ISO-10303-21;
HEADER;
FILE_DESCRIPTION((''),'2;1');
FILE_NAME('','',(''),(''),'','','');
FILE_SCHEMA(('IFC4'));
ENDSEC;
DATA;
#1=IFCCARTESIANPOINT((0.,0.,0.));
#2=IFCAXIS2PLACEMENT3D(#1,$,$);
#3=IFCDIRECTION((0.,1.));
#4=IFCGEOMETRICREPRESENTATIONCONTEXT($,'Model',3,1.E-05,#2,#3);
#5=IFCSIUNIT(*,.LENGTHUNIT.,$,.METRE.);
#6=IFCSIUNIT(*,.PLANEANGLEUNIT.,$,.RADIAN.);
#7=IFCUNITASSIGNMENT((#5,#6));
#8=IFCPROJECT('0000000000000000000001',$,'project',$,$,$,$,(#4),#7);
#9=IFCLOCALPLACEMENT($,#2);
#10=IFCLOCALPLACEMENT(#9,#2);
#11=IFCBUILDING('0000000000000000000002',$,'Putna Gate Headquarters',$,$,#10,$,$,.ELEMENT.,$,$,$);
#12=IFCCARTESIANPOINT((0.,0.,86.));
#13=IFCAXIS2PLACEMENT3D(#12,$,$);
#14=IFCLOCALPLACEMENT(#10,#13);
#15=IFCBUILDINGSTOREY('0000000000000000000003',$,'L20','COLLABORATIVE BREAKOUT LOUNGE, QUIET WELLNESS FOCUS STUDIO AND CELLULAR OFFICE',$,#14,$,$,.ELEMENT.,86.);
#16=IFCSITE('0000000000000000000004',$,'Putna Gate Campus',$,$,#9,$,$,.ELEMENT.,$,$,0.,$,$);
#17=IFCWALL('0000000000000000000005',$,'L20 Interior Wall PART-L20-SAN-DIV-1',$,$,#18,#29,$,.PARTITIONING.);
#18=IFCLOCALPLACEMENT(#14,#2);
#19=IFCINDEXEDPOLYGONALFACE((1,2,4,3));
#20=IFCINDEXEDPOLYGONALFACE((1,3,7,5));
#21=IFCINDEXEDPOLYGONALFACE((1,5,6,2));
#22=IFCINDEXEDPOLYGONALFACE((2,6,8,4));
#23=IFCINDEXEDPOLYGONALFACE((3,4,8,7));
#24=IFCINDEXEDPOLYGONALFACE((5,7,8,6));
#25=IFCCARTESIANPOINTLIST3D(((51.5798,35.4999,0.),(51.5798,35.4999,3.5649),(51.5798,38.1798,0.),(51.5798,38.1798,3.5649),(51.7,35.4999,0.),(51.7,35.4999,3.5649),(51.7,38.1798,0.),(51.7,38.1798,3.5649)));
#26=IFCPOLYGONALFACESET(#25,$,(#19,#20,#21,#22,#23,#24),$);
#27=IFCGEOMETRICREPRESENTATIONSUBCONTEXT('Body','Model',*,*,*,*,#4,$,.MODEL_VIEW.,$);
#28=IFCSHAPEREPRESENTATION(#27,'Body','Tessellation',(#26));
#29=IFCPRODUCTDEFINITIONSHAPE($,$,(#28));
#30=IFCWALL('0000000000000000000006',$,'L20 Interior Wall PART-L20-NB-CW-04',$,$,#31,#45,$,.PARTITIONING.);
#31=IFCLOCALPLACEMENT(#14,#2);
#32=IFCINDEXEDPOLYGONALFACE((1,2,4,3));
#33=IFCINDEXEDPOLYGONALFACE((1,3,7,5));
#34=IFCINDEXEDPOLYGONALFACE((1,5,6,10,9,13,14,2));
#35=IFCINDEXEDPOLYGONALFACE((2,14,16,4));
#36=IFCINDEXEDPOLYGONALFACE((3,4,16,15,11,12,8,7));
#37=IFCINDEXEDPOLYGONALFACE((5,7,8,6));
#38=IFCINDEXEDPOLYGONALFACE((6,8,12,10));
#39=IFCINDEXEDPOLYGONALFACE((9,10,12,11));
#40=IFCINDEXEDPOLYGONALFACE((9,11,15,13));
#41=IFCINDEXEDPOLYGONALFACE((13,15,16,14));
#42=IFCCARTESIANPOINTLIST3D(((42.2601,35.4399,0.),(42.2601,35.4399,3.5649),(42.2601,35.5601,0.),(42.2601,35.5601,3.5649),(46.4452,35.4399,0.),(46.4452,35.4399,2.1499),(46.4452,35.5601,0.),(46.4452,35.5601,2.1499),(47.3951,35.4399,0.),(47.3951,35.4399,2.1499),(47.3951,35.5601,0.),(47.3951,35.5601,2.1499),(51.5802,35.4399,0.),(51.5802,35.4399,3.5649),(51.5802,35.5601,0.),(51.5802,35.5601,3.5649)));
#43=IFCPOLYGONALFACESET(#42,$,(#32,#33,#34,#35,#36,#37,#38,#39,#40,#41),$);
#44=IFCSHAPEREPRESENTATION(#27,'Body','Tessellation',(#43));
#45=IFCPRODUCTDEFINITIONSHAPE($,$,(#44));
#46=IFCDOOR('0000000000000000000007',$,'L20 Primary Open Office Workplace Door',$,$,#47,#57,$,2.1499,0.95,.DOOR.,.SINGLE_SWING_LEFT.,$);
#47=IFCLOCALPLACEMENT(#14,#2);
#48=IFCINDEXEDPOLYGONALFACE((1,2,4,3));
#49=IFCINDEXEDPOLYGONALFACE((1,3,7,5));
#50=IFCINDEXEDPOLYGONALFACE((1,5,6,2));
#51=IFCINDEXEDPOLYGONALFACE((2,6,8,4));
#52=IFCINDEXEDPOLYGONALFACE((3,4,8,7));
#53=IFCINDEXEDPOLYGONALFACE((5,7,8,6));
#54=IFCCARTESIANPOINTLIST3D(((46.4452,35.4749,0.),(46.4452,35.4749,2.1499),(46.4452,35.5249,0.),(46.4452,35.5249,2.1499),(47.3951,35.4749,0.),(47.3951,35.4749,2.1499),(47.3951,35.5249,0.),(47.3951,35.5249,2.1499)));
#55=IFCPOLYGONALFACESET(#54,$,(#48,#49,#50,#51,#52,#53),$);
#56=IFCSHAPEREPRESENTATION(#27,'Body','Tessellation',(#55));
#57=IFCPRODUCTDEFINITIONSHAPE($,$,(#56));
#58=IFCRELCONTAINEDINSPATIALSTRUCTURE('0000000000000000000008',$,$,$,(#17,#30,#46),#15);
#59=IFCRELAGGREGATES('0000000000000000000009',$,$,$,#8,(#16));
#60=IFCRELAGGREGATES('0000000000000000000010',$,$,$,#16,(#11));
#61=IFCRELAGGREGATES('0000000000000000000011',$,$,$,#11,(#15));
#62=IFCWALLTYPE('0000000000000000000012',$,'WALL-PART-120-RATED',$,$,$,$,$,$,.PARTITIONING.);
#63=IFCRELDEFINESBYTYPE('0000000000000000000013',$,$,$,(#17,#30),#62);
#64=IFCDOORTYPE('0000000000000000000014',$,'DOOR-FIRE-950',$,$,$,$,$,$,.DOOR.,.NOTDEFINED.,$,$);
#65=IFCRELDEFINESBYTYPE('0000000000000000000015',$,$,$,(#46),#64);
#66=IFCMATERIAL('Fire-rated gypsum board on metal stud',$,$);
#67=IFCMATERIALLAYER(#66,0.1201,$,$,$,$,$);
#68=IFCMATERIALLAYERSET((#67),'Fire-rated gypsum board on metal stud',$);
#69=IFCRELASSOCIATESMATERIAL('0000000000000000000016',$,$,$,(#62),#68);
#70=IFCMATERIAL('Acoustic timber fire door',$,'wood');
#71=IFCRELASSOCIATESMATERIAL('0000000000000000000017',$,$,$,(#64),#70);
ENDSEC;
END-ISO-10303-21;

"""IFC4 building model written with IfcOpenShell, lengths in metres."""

from ifc_helpers import new_model, si_unit, direction, frame, frame_2d, origin, place, context, subcontext, project, spatial, rectangle, extrude, material, layer, layer_set, type_object, element, fill, save


model = new_model("IFC4")

# Units and contexts
model_context = context("Model", 3, precision=1e-05, world=origin(), true_north=direction((0.0, 1.0)))
body_context = subcontext(model_context, "Body", "Model", "MODEL_VIEW")
ifc_project = project(units=[si_unit("LENGTHUNIT", "METRE"), si_unit("PLANEANGLEUNIT", "RADIAN")], contexts=[model_context])

# Site, building, storey
site_placement = place(None, origin())
site = spatial("IfcSite", under=ifc_project, at=site_placement, Name="Putna Gate Campus", CompositionType="ELEMENT", RefElevation=0.0)
building_placement = place(site_placement, origin())
building = spatial("IfcBuilding", under=site, at=building_placement, Name="Putna Gate Headquarters", CompositionType="ELEMENT")
storey_placement = place(building_placement, frame((0.0, 0.0, 86.0)))
storey = spatial("IfcBuildingStorey", under=building, at=storey_placement, Name="L20", Description="COLLABORATIVE BREAKOUT LOUNGE, QUIET WELLNESS FOCUS STUDIO AND CELLULAR OFFICE", CompositionType="ELEMENT", Elevation=86.0)

# Shared definitions
ifc_material_1 = material(Name="Fire-rated gypsum board on metal stud")
ifc_layer_1 = layer(ifc_material_1, 0.1201)
ifc_layer_set_1 = layer_set([ifc_layer_1], Name="Fire-rated gypsum board on metal stud")
wall_type_1 = type_object("IfcWallType", Name="WALL-PART-120-RATED", PredefinedType="PARTITIONING", material=ifc_layer_set_1)
ifc_material_2 = material(Name="Acoustic timber fire door", Category="wood")
door_type_1 = type_object("IfcDoorType", Name="DOOR-FIRE-950", OperationType="NOTDEFINED", PredefinedType="DOOR", material=ifc_material_2)

# Wall
wall_1_placement = place(storey_placement, frame((51.6399, 35.5, 0.0), z_axis=(0.0, 0.0, 1.0), x_axis=(0.0, 1.0, 0.0)))
element("IfcWall", 1, at=wall_1_placement, inside=storey, type_object=wall_type_1, Name="L20 Interior Wall PART-L20-SAN-DIV-1", PredefinedType="PARTITIONING", context=body_context, shape_type="SweptSolid", body=[
    extrude(rectangle(XDim=2.6799, YDim=0.1201, at=frame_2d((1.3398, 0.0))), origin(), (0.0, 0.0, 1.0), 3.5649),
])

# Wall, opening, door
wall_2_placement = place(storey_placement, frame((42.26, 35.5, 0.0), z_axis=(0.0, 0.0, 1.0), x_axis=(1.0, 0.0, 0.0)))
wall_2 = element("IfcWall", 2, at=wall_2_placement, inside=storey, type_object=wall_type_1, Name="L20 Interior Wall PART-L20-NB-CW-04", PredefinedType="PARTITIONING", context=body_context, shape_type="SweptSolid", body=[
    extrude(rectangle(XDim=9.3201, YDim=0.1201, at=frame_2d((4.6602, 0.0))), origin(), (0.0, 0.0, 1.0), 3.5649),
])
opening_1_placement = place(wall_2_placement, frame((4.1851, 0.0, 0.0)))
opening_1 = element("IfcOpeningElement", 3, at=opening_1_placement, cuts=wall_2, PredefinedType="OPENING", context=body_context, shape_type="SweptSolid", body=[
    extrude(rectangle(XDim=0.95, YDim=2.1499, at=frame_2d((0.4751, 1.075))), frame((0.0, 0.0701, 0.0), z_axis=(0.0, -1.0, 0.0), x_axis=(1.0, 0.0, 0.0)), (0.0, 0.0, 1.0), 0.1401),
])
door_1_placement = place(opening_1_placement, origin())
door_1 = element("IfcDoor", 4, at=door_1_placement, inside=storey, type_object=door_type_1, Name="L20 Primary Open Office Workplace Door", OperationType="SINGLE_SWING_LEFT", OverallHeight=2.1499, OverallWidth=0.95, PredefinedType="DOOR", context=body_context, shape_type="SweptSolid", body=[
    extrude(rectangle(XDim=0.95, YDim=2.1499, at=frame_2d((0.4751, 1.075))), frame((0.0, 0.0249, 0.0), z_axis=(0.0, -1.0, 0.0), x_axis=(1.0, 0.0, 0.0)), (0.0, 0.0, 1.0), 0.05),
])
fill(opening_1, door_1)

save(model, "model.ifc")
